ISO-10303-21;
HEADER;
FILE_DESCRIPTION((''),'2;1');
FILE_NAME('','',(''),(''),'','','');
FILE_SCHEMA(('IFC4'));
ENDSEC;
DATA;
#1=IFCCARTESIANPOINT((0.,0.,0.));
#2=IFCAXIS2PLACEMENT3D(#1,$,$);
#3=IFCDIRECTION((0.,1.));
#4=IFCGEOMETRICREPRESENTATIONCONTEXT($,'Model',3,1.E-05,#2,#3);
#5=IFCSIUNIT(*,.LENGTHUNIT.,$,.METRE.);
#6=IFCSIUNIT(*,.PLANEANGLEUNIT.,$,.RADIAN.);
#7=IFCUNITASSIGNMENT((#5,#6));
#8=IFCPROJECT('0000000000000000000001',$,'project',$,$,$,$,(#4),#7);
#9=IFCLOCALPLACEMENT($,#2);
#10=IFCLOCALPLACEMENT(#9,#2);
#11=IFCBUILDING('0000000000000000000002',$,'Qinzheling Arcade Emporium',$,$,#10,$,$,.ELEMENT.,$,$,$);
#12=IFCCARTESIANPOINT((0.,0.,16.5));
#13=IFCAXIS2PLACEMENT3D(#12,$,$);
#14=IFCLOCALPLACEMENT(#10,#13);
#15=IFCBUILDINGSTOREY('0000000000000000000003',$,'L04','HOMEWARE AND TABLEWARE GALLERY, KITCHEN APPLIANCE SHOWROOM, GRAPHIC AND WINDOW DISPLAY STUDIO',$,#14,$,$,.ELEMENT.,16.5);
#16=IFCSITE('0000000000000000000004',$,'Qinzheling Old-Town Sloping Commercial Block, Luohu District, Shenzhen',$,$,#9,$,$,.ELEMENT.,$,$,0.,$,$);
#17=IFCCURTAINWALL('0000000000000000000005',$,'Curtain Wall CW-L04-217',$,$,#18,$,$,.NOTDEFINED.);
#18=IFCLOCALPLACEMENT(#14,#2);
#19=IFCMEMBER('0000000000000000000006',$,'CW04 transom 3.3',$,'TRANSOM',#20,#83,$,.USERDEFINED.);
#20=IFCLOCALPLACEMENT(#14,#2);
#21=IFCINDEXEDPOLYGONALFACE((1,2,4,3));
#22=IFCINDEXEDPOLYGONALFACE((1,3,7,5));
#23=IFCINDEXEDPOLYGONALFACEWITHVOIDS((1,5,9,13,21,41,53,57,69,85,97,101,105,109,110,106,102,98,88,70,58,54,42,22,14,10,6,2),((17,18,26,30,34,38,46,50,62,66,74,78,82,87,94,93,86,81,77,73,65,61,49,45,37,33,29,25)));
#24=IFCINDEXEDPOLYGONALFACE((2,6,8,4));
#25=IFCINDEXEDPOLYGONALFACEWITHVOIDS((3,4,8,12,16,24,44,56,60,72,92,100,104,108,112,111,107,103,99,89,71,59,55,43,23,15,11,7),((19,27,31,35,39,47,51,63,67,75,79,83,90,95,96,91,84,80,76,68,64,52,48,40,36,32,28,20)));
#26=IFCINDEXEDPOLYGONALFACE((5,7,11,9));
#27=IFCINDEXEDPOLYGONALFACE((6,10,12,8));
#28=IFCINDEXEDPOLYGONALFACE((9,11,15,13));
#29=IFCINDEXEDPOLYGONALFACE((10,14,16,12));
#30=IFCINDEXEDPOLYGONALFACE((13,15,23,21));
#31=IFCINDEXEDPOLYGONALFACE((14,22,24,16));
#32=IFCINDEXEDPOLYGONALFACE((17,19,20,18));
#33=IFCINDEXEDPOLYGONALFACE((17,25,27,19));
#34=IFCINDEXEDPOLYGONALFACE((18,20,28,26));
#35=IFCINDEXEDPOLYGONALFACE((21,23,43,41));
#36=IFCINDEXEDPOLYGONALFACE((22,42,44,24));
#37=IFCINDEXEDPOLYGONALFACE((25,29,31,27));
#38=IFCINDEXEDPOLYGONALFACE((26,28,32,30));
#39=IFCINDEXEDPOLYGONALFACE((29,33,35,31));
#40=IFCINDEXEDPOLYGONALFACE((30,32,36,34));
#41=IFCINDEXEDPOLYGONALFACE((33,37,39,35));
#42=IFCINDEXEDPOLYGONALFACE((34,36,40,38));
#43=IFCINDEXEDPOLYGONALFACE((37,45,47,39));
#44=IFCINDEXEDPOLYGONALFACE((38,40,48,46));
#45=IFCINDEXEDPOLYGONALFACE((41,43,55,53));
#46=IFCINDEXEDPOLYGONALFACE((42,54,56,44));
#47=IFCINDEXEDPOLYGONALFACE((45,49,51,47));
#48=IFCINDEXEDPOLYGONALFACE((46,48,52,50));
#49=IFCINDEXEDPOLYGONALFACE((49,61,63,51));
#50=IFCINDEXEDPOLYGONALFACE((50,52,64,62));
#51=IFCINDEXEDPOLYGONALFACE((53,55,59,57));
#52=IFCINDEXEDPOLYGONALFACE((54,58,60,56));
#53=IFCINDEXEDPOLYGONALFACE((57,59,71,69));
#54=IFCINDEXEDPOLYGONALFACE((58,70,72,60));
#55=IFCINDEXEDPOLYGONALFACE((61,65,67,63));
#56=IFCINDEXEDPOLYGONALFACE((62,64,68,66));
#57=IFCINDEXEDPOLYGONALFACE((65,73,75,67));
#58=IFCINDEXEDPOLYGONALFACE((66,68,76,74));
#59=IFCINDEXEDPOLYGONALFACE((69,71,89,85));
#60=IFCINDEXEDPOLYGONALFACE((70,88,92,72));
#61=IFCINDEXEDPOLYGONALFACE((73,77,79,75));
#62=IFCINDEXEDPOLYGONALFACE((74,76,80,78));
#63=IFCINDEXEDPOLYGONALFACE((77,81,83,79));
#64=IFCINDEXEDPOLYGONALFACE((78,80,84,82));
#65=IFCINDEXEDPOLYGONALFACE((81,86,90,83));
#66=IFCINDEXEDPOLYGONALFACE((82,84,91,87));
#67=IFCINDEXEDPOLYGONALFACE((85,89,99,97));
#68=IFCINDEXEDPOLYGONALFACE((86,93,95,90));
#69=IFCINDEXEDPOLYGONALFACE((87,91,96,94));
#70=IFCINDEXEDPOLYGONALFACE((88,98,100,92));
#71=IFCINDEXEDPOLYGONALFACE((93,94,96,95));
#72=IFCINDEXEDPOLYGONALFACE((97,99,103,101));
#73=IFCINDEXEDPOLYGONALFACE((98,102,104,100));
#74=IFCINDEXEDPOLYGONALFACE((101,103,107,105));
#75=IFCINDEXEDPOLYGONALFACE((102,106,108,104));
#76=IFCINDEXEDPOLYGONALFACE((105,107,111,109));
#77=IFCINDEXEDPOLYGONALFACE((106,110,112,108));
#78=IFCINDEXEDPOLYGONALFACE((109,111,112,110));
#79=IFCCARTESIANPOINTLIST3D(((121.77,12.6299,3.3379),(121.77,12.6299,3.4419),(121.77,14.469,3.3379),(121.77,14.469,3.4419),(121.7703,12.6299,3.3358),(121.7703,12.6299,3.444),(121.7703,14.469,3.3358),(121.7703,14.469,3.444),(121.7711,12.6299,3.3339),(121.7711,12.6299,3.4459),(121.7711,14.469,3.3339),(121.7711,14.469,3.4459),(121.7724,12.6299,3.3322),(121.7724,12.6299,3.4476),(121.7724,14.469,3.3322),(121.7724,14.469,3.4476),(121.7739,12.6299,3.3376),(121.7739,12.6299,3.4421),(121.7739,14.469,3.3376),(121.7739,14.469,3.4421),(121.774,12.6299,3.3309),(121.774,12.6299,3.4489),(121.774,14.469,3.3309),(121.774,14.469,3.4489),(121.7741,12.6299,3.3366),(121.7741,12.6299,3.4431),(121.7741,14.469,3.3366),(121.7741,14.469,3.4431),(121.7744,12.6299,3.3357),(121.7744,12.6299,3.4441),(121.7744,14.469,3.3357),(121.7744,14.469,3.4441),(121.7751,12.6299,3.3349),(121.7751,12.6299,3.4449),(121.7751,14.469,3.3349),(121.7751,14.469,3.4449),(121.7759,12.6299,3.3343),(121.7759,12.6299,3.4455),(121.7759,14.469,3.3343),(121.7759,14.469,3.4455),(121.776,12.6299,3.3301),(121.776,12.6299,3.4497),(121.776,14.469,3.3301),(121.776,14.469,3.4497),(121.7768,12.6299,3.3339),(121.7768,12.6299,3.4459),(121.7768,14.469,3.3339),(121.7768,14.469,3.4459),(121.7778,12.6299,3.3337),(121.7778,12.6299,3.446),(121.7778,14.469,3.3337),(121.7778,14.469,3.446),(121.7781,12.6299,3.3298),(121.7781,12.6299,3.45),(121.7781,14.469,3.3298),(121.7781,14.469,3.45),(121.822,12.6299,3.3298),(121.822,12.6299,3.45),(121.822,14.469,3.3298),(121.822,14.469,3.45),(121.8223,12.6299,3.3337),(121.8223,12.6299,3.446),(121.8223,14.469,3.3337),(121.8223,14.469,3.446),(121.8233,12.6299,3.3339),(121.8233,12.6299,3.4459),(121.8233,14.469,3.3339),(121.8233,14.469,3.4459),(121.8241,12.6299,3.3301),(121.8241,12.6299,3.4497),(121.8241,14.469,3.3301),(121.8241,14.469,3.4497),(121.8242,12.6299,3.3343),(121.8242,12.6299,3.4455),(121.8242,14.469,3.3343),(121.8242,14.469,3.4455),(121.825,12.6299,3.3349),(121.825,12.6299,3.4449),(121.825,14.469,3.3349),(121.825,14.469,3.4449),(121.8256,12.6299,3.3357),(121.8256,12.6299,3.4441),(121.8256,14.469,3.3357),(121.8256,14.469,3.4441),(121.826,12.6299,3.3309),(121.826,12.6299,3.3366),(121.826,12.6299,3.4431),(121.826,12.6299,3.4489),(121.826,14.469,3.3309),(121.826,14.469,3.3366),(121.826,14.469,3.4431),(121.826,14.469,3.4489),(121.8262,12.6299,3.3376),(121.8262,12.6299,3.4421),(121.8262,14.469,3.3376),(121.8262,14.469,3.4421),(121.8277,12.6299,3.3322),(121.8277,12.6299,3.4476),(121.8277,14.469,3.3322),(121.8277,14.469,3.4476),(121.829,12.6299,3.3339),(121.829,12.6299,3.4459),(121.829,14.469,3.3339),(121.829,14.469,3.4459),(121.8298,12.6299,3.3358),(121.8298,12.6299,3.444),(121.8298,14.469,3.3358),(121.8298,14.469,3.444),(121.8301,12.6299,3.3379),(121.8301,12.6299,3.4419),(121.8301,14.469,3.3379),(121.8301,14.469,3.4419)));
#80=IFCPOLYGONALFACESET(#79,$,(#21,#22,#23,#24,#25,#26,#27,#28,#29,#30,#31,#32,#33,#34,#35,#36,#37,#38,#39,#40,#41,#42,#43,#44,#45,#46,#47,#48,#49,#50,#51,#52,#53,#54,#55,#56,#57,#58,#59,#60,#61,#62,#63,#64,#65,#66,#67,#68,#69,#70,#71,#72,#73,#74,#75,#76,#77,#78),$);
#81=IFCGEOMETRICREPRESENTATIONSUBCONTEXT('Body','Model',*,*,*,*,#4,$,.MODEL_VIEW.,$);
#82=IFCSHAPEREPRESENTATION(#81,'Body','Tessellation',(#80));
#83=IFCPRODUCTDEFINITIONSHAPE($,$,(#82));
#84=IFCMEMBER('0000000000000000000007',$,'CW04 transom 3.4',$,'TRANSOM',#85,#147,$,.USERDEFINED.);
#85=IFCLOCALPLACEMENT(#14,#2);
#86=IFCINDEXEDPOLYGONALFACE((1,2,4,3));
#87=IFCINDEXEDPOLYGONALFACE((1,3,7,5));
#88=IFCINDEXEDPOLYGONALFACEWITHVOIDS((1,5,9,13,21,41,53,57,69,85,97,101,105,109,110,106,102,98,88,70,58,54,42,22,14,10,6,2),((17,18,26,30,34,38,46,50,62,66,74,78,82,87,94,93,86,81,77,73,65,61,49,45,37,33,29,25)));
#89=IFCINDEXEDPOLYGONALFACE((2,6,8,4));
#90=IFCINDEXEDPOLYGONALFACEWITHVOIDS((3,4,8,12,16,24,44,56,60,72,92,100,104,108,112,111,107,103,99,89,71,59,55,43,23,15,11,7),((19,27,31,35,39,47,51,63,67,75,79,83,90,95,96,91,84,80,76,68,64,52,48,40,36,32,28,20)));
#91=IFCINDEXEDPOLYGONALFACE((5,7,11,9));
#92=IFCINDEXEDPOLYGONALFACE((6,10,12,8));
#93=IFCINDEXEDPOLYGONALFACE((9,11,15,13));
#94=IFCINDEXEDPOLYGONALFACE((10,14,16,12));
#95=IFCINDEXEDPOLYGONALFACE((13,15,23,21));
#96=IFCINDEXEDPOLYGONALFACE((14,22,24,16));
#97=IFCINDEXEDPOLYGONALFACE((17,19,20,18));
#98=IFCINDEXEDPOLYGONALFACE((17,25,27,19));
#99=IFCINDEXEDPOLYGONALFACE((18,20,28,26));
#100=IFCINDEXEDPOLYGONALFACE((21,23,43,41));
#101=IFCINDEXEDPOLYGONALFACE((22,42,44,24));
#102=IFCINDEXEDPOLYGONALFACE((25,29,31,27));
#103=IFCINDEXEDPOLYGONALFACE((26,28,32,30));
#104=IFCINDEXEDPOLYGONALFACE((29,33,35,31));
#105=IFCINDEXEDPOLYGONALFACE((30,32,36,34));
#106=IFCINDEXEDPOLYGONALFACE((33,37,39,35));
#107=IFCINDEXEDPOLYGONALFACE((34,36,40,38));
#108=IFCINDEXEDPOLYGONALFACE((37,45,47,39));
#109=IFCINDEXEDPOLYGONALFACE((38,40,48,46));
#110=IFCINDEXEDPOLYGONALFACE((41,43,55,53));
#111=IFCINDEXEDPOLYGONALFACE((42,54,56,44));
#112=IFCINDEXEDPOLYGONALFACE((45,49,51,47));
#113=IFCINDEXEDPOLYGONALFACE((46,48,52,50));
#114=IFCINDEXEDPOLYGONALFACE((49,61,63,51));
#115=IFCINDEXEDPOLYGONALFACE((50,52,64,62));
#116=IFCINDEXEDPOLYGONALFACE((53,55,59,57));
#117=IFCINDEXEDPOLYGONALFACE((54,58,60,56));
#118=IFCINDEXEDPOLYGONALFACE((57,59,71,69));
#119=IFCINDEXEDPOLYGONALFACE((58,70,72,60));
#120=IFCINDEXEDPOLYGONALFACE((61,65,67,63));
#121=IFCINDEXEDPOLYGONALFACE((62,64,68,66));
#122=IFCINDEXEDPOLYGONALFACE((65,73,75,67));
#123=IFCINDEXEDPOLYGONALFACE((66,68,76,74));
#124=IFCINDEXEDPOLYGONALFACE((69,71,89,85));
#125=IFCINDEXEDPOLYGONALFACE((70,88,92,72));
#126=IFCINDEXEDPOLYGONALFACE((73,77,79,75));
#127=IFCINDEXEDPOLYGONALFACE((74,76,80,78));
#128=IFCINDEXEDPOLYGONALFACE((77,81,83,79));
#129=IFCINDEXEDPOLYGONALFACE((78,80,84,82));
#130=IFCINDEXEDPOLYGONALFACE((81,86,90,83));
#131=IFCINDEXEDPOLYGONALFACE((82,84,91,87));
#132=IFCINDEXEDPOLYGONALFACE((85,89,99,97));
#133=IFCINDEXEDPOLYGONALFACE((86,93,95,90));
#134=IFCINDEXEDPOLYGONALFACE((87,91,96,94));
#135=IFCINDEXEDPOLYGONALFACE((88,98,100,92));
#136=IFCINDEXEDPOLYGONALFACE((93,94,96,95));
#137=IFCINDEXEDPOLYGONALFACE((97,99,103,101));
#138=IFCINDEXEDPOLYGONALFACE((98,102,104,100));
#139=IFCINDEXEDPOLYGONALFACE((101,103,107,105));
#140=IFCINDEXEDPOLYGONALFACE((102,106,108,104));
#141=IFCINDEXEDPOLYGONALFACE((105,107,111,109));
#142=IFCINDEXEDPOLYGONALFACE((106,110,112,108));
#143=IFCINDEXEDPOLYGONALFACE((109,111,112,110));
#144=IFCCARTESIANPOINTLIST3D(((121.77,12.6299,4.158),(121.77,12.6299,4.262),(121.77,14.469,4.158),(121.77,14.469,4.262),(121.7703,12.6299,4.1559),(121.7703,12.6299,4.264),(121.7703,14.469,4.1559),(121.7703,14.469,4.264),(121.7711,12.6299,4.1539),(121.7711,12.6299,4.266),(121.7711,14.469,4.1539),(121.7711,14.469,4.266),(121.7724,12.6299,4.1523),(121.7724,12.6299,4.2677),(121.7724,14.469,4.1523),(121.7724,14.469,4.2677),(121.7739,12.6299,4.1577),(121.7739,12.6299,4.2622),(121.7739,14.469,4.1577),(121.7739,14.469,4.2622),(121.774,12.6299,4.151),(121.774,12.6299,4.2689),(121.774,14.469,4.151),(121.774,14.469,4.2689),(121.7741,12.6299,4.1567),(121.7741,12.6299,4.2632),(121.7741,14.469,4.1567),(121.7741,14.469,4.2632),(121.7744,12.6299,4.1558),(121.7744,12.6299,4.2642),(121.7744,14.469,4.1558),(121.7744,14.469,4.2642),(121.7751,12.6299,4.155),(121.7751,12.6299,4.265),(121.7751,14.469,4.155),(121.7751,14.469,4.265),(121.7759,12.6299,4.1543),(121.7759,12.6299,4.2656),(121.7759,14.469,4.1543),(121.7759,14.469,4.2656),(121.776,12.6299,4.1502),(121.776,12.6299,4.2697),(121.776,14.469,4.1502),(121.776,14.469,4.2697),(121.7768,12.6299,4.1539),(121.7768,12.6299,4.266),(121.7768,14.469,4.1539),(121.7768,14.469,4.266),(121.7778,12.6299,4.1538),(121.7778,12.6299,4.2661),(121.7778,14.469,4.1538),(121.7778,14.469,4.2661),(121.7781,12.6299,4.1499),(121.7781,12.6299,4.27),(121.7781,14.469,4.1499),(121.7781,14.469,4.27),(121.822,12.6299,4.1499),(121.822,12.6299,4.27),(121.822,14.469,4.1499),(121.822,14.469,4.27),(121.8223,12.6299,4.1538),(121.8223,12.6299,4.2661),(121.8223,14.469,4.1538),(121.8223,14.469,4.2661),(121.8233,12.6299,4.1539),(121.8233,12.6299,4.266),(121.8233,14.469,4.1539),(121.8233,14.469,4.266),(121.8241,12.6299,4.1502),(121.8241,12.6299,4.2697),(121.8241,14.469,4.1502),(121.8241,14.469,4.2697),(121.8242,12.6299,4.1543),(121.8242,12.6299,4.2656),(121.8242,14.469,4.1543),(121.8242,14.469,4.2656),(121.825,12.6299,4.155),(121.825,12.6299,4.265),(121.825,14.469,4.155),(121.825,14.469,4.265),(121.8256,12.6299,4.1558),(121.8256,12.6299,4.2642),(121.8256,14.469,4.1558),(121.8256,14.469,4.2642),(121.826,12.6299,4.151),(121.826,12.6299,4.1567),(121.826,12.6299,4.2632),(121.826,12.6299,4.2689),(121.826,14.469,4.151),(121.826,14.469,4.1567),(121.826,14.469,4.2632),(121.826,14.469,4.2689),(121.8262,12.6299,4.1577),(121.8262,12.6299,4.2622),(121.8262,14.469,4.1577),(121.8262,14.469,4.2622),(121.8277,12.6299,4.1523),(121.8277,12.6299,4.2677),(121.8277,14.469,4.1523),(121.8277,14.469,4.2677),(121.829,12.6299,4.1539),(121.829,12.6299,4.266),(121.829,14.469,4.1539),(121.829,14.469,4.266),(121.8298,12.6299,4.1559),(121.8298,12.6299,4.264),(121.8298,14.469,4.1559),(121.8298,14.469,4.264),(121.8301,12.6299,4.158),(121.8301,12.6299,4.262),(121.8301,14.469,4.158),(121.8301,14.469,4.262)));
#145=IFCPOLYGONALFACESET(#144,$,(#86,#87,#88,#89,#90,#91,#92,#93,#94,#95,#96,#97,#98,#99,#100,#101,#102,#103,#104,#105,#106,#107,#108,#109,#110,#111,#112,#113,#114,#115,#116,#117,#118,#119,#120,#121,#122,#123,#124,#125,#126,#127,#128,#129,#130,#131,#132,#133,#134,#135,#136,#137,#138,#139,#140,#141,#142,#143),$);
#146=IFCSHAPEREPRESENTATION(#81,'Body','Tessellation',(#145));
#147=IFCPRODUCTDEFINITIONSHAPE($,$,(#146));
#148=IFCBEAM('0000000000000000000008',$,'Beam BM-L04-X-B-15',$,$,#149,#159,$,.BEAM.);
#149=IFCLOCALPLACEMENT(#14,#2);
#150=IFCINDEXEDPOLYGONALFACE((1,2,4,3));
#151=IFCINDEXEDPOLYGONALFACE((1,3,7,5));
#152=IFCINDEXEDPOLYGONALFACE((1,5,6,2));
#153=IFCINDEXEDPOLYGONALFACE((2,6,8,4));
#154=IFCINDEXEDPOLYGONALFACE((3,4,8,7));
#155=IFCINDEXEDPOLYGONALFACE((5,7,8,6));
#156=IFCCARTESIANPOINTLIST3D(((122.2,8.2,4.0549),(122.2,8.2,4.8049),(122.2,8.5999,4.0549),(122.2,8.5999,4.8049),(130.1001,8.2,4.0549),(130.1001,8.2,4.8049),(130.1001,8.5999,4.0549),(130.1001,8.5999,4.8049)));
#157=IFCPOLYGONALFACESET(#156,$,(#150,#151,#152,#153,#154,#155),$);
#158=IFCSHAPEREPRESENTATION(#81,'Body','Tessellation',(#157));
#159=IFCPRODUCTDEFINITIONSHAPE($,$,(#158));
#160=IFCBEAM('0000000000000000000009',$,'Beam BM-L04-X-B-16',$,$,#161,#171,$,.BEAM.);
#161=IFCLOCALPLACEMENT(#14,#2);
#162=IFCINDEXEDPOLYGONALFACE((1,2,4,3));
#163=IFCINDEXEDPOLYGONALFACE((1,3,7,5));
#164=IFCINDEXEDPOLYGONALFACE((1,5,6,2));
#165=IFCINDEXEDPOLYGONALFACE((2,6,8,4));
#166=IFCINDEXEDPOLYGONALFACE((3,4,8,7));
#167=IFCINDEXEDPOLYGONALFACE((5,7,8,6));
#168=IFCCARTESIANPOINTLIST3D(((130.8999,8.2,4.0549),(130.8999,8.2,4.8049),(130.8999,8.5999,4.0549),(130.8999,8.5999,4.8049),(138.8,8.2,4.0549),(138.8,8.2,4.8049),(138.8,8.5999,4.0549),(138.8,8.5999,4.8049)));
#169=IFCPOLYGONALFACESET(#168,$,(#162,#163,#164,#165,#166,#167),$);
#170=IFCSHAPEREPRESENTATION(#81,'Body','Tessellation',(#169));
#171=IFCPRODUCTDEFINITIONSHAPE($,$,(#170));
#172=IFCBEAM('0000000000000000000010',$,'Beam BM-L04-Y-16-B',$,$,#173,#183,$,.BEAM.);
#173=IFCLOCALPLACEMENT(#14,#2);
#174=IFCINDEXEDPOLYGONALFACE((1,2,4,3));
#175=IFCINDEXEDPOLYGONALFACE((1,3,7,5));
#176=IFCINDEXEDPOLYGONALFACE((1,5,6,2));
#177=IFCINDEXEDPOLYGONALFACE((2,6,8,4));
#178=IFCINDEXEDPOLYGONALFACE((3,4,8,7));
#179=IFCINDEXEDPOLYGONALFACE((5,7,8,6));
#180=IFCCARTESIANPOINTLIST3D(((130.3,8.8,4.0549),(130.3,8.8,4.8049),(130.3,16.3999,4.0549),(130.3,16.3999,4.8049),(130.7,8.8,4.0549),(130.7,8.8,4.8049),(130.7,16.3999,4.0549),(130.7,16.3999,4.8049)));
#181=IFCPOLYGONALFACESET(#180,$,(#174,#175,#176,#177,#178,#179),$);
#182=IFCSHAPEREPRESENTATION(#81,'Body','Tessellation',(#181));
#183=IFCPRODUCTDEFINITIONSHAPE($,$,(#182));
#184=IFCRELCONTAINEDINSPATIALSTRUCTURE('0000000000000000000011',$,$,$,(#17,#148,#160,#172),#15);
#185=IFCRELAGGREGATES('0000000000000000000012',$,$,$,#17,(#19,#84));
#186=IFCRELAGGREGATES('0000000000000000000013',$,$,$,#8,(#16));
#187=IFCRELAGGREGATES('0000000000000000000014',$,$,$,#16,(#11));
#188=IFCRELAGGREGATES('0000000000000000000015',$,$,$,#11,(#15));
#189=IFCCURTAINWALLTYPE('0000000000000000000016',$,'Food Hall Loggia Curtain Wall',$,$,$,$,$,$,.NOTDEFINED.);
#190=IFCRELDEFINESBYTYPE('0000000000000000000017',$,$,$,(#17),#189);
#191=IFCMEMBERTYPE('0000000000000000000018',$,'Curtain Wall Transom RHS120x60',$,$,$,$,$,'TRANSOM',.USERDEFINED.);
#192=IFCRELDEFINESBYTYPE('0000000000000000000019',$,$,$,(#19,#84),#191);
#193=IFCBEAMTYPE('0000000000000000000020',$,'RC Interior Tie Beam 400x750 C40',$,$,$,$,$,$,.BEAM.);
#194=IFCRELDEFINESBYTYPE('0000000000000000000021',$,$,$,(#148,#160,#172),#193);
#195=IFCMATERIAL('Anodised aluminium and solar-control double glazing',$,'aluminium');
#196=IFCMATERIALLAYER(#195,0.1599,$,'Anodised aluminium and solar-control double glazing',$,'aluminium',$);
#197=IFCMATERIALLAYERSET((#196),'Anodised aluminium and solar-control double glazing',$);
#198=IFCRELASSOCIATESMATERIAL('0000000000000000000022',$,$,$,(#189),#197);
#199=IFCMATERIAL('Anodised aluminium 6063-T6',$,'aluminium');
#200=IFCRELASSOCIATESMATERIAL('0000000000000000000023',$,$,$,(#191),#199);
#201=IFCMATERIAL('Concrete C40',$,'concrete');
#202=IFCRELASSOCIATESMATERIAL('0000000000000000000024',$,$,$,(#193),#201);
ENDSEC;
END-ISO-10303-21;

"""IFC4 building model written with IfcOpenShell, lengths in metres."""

from ifc_helpers import new_model, si_unit, direction, frame, origin, origin_2d, place, context, subcontext, project, spatial, rectangle, hollow_rectangle, extrude, material, layer, layer_set, material_profile, profile_set, type_object, element, aggregate, save


model = new_model("IFC4")

# Units and contexts
model_context = context("Model", 3, precision=1e-05, world=origin(), true_north=direction((0.0, 1.0)))
body_context = subcontext(model_context, "Body", "Model", "MODEL_VIEW")
ifc_project = project(units=[si_unit("LENGTHUNIT", "METRE"), si_unit("PLANEANGLEUNIT", "RADIAN")], contexts=[model_context])

# Site, building, storey
site_placement = place(None, origin())
site = spatial("IfcSite", under=ifc_project, at=site_placement, Name="Qinzheling Old-Town Sloping Commercial Block, Luohu District, Shenzhen", CompositionType="ELEMENT", RefElevation=0.0)
building_placement = place(site_placement, origin())
building = spatial("IfcBuilding", under=site, at=building_placement, Name="Qinzheling Arcade Emporium", CompositionType="ELEMENT")
storey_placement = place(building_placement, frame((0.0, 0.0, 16.5)))
storey = spatial("IfcBuildingStorey", under=building, at=storey_placement, Name="L04", Description="HOMEWARE AND TABLEWARE GALLERY, KITCHEN APPLIANCE SHOWROOM, GRAPHIC AND WINDOW DISPLAY STUDIO", CompositionType="ELEMENT", Elevation=16.5)

# Shared definitions
ifc_material_1 = material(Name="Concrete C40", Category="concrete")

# Curtain wall, members
ifc_material_2 = material(Name="Anodised aluminium and solar-control double glazing", Category="aluminium")
ifc_layer_1 = layer(ifc_material_2, 0.1599, Name="Anodised aluminium and solar-control double glazing", Category="aluminium")
ifc_layer_set_1 = layer_set([ifc_layer_1], Name="Anodised aluminium and solar-control double glazing")
curtain_wall_type = type_object("IfcCurtainWallType", Name="Food Hall Loggia Curtain Wall", PredefinedType="NOTDEFINED", material=ifc_layer_set_1)
curtain_wall_placement = place(storey_placement, origin())
curtain_wall = element("IfcCurtainWall", 1, at=curtain_wall_placement, inside=storey, type_object=curtain_wall_type, Name="Curtain Wall CW-L04-217", PredefinedType="NOTDEFINED")
ifc_material_3 = material(Name="Anodised aluminium 6063-T6", Category="aluminium")
ifc_material_profile_1 = material_profile(ifc_material_3, hollow_rectangle(XDim=0.0601, YDim=0.1201, WallThickness=0.0039, InnerFilletRadius=0.0039, OuterFilletRadius=0.0081, at=origin_2d()), Name="RHS 120x60x4", Category="aluminium")
ifc_profile_set_1 = profile_set([ifc_material_profile_1], Name="Anodised aluminium 6063-T6")
member_type = type_object("IfcMemberType", Name="Curtain Wall Transom RHS120x60", ElementType="TRANSOM", PredefinedType="USERDEFINED", material=ifc_profile_set_1)
member_1_placement = place(storey_placement, frame((121.8, 12.6299, 3.3899), z_axis=(0.0, 1.0, 0.0), x_axis=(-1.0, 0.0, 0.0)))
member_1 = element("IfcMember", 2, at=member_1_placement, type_object=member_type, Name="CW04 transom 3.3", ObjectType="TRANSOM", PredefinedType="USERDEFINED", context=body_context, shape_type="SweptSolid", body=[
    extrude(hollow_rectangle(XDim=0.0601, YDim=0.1201, WallThickness=0.0039, InnerFilletRadius=0.0039, OuterFilletRadius=0.0081, at=origin_2d()), origin(), (0.0, 0.0, 1.0), 1.8391),
])
member_2_placement = place(storey_placement, frame((121.8, 12.6299, 4.21), z_axis=(0.0, 1.0, 0.0), x_axis=(-1.0, 0.0, 0.0)))
member_2 = element("IfcMember", 3, at=member_2_placement, type_object=member_type, Name="CW04 transom 3.4", ObjectType="TRANSOM", PredefinedType="USERDEFINED", context=body_context, shape_type="SweptSolid", body=[
    extrude(hollow_rectangle(XDim=0.0601, YDim=0.1201, WallThickness=0.0039, InnerFilletRadius=0.0039, OuterFilletRadius=0.0081, at=origin_2d()), origin(), (0.0, 0.0, 1.0), 1.8391),
])
aggregate(curtain_wall, [member_1, member_2])

# Beams
ifc_material_profile_2 = material_profile(ifc_material_1, rectangle(XDim=0.3999, YDim=0.75, at=origin_2d()), Name="RC 400x750", Category="concrete")
ifc_profile_set_2 = profile_set([ifc_material_profile_2], Name="Concrete C40")
beam_type = type_object("IfcBeamType", Name="RC Interior Tie Beam 400x750 C40", PredefinedType="BEAM", material=ifc_profile_set_2)
for number, where, z_axis, x_axis, name in (
    (4, (122.2, 8.3999, 4.4299), (1.0, 0.0, 0.0), (0.0, 1.0, 0.0), "Beam BM-L04-X-B-15"),
    (5, (130.8999, 8.3999, 4.4299), (1.0, 0.0, 0.0), (0.0, 1.0, 0.0), "Beam BM-L04-X-B-16"),
):
    element("IfcBeam", number, at=place(storey_placement, frame(where, z_axis=z_axis, x_axis=x_axis)), inside=storey, type_object=beam_type, Name=name, PredefinedType="BEAM", context=body_context, shape_type="SweptSolid", body=[
        extrude(rectangle(XDim=0.3999, YDim=0.75, at=origin_2d()), origin(), (0.0, 0.0, 1.0), 7.9001),
    ])
beam_placement = place(storey_placement, frame((130.5, 8.8, 4.4299), z_axis=(0.0, 1.0, 0.0), x_axis=(-1.0, 0.0, 0.0)))
element("IfcBeam", 6, at=beam_placement, inside=storey, type_object=beam_type, Name="Beam BM-L04-Y-16-B", PredefinedType="BEAM", context=body_context, shape_type="SweptSolid", body=[
    extrude(rectangle(XDim=0.3999, YDim=0.75, at=origin_2d()), origin(), (0.0, 0.0, 1.0), 7.5999),
])

save(model, "model.ifc")
